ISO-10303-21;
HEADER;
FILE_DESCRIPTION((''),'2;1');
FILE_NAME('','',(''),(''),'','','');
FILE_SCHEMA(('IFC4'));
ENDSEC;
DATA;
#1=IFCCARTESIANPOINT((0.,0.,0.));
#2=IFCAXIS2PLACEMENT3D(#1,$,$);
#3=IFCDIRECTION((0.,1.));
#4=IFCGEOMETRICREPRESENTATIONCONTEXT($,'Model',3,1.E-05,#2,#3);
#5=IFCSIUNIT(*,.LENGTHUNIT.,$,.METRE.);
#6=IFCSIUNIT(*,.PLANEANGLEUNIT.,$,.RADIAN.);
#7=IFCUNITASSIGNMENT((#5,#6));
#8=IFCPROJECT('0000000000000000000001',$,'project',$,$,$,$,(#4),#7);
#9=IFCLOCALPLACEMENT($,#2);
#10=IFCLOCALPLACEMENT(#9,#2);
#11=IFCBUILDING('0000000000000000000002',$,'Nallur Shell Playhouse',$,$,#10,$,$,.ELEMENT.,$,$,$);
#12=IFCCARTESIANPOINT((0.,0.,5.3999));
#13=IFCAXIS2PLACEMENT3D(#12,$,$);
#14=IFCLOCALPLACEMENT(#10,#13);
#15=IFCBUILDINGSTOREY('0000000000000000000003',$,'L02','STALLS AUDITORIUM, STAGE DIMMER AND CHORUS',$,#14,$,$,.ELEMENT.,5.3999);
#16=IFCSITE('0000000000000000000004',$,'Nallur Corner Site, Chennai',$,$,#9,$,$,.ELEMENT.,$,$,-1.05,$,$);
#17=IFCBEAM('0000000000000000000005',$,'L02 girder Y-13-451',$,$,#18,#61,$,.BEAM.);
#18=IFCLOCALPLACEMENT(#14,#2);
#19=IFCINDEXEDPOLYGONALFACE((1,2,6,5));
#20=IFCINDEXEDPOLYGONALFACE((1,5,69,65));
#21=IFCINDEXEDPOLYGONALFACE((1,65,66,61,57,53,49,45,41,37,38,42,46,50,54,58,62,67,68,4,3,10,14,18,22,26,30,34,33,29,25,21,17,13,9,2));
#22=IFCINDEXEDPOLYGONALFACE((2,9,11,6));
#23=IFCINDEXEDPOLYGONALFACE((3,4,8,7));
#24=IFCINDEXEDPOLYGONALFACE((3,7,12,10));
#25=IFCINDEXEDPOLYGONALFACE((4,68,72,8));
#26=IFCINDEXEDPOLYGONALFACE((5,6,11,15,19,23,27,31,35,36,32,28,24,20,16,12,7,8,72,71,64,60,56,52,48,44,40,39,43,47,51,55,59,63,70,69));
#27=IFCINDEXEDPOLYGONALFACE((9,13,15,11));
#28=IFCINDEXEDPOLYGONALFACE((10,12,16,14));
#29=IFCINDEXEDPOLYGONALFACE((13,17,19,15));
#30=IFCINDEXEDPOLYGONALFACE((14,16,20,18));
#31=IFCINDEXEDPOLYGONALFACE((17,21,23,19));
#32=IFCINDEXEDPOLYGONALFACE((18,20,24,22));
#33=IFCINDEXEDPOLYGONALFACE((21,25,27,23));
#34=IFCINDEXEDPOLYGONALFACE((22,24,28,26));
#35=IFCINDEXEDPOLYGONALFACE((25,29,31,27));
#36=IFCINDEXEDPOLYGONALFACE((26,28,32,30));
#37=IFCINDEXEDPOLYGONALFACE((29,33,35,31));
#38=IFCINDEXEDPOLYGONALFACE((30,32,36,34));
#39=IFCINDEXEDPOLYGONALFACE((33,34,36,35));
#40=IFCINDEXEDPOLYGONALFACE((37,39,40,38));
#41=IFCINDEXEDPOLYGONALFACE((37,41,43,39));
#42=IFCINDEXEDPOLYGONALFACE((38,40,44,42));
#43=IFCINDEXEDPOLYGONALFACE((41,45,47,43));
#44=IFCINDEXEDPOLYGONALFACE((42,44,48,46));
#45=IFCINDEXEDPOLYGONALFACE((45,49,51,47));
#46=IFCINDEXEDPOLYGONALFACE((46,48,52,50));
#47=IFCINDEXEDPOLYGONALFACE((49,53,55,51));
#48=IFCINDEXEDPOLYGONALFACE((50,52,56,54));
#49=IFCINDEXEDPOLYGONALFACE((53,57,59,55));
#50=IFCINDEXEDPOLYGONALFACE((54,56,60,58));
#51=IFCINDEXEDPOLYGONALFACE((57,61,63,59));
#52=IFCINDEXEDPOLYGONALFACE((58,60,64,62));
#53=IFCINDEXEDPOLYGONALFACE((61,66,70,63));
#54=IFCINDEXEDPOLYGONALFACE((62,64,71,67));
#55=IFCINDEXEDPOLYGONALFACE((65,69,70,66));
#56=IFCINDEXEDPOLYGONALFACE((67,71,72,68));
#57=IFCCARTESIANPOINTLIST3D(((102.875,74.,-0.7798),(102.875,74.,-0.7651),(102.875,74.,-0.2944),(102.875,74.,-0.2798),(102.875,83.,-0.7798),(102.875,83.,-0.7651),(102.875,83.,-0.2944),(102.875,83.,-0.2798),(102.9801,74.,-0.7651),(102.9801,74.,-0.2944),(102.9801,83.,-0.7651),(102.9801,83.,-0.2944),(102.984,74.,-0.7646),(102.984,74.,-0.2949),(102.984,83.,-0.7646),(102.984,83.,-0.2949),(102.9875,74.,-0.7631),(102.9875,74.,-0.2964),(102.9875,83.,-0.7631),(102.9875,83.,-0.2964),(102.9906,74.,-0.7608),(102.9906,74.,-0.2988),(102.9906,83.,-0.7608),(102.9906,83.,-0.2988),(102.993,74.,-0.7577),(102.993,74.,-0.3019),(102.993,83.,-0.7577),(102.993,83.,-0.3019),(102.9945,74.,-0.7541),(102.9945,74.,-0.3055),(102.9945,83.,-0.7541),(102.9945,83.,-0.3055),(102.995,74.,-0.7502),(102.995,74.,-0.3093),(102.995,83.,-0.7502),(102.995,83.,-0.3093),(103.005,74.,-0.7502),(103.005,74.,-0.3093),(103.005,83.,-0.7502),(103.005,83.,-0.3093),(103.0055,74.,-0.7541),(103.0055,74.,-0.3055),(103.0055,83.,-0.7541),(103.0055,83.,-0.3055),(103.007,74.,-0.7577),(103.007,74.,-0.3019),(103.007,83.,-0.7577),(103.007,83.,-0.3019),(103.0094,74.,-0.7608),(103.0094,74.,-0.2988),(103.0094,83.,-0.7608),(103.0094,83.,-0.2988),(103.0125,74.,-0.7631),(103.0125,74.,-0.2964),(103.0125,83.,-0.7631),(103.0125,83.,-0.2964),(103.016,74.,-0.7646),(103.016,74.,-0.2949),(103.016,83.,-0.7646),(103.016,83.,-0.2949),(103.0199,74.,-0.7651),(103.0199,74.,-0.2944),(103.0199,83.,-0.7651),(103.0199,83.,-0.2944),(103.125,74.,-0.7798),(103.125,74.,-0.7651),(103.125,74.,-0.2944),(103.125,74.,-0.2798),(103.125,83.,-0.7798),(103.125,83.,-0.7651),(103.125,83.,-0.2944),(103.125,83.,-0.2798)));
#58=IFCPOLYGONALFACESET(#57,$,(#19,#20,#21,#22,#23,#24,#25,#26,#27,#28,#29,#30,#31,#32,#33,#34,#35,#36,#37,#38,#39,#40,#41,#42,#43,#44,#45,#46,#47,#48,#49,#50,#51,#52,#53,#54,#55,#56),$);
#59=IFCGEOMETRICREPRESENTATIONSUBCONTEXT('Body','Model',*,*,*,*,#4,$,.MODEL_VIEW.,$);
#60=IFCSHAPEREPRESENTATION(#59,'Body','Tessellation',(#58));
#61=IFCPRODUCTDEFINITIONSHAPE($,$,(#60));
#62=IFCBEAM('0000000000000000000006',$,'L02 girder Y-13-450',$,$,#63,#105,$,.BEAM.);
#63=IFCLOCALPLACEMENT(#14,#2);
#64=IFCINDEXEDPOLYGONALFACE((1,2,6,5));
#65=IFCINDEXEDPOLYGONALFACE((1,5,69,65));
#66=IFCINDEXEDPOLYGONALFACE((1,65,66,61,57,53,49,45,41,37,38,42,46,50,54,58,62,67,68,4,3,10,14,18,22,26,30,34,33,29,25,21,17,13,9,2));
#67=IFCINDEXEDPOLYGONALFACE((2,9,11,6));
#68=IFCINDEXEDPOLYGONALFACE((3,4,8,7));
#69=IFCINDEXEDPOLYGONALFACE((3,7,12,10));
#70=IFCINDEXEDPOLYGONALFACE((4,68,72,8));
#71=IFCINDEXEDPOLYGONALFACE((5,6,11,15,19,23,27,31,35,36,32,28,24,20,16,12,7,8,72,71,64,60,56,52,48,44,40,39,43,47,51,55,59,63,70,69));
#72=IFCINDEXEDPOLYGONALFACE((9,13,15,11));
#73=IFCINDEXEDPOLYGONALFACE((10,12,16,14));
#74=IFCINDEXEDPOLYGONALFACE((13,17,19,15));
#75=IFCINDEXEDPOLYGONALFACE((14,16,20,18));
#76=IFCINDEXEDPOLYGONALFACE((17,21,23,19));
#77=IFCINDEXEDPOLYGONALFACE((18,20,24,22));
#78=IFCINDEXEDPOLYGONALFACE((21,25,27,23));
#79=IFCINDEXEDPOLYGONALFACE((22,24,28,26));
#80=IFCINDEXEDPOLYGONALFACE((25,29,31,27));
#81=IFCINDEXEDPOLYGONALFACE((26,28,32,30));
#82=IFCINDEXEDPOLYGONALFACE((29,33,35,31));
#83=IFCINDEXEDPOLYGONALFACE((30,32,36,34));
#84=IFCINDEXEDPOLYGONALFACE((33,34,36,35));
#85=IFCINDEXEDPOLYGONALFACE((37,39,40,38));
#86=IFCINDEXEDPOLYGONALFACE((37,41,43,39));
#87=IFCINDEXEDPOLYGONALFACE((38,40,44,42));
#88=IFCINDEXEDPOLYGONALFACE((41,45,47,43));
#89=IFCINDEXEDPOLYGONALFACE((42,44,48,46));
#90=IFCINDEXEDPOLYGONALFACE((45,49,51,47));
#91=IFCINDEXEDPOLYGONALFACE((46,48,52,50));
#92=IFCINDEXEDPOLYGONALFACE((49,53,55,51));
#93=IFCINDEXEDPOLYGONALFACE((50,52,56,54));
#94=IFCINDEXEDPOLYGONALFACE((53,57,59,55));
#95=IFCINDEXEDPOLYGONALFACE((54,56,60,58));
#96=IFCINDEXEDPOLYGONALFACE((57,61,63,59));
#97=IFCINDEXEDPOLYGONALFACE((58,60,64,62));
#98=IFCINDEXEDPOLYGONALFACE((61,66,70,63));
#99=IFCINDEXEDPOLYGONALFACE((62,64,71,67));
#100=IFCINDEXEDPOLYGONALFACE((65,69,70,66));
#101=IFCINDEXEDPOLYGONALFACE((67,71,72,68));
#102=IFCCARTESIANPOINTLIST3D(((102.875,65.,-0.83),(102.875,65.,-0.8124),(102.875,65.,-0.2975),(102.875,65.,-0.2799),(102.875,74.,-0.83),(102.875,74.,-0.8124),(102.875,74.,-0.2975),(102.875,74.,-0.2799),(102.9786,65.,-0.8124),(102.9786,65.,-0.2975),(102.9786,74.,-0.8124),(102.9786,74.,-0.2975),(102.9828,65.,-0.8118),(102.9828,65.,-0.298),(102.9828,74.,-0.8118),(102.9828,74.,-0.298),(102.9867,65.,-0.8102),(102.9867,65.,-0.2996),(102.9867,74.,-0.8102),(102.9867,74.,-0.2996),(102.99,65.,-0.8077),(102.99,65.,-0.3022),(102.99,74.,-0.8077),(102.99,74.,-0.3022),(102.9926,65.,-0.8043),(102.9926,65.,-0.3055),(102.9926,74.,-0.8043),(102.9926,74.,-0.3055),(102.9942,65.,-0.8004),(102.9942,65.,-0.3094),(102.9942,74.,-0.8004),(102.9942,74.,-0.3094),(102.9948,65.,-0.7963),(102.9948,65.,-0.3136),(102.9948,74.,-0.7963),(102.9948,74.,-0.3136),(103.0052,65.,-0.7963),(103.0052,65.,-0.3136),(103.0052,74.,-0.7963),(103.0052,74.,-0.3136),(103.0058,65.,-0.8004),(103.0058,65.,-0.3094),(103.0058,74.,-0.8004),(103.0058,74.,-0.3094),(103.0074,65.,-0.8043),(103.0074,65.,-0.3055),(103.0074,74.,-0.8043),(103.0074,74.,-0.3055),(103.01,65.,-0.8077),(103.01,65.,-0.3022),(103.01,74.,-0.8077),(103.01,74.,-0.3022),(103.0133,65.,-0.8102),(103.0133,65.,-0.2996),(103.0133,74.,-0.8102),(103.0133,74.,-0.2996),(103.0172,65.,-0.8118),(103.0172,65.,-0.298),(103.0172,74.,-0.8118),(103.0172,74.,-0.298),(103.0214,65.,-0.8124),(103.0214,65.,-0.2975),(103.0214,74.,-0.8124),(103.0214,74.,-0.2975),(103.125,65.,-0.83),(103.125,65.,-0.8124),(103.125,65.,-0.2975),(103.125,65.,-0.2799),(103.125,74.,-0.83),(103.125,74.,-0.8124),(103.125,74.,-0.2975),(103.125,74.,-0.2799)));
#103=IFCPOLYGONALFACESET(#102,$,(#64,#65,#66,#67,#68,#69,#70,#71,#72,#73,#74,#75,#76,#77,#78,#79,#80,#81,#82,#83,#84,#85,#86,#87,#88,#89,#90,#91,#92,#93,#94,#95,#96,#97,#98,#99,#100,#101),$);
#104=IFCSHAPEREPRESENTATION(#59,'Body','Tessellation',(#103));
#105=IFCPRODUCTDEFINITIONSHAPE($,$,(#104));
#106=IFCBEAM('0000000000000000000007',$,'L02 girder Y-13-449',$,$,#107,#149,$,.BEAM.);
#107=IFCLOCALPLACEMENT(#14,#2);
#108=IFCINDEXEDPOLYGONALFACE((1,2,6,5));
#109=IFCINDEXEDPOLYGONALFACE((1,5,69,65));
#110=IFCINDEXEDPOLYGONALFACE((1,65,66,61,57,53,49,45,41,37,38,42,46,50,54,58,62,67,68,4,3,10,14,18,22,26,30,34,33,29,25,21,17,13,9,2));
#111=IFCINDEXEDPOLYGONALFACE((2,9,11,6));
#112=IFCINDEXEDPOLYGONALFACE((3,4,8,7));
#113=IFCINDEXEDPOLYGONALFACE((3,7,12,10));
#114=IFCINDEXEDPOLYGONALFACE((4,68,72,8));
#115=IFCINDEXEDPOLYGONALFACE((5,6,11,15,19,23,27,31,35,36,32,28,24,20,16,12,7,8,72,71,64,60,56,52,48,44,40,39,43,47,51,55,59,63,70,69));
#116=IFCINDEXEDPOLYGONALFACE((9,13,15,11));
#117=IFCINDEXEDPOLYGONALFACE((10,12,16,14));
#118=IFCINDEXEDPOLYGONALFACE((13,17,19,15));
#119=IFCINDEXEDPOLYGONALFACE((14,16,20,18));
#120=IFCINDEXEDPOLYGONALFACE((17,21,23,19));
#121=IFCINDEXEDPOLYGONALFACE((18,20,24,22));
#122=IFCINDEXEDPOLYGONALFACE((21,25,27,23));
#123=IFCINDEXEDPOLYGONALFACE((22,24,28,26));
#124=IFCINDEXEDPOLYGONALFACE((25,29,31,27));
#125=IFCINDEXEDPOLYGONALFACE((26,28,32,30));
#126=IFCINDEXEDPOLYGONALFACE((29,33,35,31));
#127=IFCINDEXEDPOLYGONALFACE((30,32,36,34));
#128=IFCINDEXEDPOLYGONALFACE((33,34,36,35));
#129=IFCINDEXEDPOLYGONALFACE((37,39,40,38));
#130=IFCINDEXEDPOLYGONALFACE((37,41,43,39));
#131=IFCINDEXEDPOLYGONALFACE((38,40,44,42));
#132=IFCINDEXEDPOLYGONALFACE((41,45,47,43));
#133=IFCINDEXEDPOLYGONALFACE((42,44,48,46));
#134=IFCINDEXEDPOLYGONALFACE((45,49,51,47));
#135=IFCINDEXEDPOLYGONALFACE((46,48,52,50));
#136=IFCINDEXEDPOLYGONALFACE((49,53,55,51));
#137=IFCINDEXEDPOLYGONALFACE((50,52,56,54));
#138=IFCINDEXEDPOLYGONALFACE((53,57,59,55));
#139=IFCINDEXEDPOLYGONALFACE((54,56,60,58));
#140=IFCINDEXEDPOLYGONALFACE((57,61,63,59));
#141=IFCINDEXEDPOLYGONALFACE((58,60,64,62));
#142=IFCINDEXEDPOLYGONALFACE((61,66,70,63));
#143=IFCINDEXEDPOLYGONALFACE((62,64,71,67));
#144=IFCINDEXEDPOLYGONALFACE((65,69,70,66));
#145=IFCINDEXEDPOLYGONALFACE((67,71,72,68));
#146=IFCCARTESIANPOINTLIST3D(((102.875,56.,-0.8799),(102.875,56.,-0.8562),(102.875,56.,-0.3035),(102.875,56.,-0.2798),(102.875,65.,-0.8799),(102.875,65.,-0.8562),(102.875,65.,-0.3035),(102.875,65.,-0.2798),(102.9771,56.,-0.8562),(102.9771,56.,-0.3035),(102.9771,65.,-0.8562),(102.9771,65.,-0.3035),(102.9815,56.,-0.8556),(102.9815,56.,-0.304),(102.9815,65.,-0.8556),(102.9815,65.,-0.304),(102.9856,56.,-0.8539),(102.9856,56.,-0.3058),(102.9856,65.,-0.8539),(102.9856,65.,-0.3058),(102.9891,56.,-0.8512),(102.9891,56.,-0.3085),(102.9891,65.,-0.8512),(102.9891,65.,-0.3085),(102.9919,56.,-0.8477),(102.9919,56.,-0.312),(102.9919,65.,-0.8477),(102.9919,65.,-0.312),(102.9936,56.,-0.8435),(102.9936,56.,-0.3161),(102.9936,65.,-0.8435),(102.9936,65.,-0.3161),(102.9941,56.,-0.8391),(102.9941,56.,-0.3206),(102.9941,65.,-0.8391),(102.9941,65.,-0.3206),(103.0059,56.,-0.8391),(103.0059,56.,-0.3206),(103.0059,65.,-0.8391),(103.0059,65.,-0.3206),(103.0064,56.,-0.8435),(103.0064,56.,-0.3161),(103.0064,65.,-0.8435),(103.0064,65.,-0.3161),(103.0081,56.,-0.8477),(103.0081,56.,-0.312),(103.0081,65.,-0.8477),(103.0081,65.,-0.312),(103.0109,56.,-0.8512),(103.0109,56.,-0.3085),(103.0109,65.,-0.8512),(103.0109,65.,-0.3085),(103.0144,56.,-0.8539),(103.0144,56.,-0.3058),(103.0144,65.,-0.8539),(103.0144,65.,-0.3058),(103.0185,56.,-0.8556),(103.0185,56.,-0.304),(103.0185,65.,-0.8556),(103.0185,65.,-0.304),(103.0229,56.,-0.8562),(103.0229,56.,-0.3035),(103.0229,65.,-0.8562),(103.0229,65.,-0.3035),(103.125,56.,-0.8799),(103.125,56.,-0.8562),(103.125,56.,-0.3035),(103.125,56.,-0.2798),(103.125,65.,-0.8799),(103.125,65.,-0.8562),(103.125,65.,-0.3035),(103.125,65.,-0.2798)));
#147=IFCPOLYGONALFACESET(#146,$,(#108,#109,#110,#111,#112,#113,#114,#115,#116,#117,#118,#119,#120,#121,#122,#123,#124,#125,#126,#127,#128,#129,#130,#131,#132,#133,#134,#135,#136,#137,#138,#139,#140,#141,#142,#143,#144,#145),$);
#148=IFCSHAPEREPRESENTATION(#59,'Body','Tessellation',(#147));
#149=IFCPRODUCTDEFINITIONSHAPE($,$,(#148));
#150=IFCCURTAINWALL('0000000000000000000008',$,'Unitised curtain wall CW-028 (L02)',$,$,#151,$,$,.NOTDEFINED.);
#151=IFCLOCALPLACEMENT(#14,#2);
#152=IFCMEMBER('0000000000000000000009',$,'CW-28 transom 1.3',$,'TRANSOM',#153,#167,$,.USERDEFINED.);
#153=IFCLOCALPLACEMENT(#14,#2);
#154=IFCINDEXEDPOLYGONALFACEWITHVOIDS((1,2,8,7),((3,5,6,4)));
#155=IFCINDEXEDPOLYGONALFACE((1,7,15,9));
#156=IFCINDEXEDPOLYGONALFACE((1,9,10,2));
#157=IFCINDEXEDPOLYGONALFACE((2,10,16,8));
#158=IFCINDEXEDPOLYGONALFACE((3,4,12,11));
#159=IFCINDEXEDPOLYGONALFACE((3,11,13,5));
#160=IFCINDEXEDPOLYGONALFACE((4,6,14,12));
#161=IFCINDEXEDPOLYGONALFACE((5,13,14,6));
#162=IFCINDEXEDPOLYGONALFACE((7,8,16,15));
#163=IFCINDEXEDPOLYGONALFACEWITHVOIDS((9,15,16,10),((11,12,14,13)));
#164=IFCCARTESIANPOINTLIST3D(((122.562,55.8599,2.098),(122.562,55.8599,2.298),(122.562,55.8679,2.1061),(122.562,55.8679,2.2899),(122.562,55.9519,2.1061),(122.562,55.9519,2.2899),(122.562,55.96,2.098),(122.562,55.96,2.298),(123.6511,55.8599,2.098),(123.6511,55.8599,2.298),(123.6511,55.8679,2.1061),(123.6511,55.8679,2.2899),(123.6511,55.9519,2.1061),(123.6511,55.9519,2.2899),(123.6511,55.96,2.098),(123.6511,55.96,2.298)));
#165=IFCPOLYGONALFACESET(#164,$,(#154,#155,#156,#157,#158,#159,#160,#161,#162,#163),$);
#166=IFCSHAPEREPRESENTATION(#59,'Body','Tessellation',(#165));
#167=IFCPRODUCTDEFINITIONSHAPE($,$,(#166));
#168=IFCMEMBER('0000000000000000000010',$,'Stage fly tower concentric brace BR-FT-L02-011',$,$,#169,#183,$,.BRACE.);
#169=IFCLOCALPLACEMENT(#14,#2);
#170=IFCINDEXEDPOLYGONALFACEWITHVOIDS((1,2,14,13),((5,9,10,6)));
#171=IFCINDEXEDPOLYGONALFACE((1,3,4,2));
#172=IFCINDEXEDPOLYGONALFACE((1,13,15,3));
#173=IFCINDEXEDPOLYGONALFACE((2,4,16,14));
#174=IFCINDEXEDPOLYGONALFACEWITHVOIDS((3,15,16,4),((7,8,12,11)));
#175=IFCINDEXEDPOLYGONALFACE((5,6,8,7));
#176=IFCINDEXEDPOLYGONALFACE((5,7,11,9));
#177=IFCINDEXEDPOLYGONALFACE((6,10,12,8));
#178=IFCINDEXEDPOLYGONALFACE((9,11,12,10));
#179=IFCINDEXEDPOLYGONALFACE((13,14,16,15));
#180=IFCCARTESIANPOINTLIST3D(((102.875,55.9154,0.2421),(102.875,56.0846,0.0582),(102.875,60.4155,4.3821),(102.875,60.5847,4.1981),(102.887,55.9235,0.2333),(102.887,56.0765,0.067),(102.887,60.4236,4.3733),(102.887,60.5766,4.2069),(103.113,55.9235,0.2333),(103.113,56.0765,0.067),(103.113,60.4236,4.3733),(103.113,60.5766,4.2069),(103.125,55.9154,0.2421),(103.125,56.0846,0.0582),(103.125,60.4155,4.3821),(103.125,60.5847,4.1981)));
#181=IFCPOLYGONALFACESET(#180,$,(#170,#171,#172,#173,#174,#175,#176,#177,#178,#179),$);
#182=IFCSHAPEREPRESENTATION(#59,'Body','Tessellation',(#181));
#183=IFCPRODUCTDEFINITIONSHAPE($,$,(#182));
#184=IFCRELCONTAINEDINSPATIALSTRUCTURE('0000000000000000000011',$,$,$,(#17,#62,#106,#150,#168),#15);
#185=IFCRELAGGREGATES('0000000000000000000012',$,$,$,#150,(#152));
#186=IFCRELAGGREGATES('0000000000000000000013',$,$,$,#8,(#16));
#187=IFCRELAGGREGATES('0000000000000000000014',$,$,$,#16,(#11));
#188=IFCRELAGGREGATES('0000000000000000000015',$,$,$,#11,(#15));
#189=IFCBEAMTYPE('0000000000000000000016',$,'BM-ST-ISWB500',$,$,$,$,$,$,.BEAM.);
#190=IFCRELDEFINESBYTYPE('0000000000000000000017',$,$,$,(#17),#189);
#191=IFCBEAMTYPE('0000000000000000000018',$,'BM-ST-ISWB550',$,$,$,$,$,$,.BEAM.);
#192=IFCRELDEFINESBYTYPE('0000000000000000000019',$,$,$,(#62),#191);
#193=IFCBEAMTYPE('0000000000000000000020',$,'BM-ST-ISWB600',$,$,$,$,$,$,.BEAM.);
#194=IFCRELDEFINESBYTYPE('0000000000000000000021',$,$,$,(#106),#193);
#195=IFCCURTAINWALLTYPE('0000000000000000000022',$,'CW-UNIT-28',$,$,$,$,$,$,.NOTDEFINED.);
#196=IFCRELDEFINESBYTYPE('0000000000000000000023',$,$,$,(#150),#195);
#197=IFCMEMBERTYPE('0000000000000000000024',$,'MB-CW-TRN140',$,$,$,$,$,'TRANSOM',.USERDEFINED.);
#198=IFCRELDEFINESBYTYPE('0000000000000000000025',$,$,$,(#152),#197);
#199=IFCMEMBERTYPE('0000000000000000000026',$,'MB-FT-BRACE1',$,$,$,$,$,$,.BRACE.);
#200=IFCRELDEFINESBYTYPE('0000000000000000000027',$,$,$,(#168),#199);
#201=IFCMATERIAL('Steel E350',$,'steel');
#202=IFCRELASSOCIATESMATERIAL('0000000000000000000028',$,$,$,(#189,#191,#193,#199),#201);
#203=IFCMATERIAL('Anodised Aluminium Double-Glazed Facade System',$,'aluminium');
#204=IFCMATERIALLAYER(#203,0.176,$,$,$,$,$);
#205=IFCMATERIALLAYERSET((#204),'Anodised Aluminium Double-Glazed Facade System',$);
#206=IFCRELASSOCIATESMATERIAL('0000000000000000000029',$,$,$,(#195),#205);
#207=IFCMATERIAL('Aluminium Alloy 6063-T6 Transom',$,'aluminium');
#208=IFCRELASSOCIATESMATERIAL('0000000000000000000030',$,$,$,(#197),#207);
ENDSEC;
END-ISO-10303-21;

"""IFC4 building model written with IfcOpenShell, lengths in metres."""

from ifc_helpers import new_model, si_unit, direction, frame, origin, origin_2d, place, context, subcontext, project, spatial, hollow_rectangle, i_section, extrude, material, layer, layer_set, material_profile, profile_set, type_object, element, aggregate, save


model = new_model("IFC4")

# Units and contexts
model_context = context("Model", 3, precision=1e-05, world=origin(), true_north=direction((0.0, 1.0)))
body_context = subcontext(model_context, "Body", "Model", "MODEL_VIEW")
ifc_project = project(units=[si_unit("LENGTHUNIT", "METRE"), si_unit("PLANEANGLEUNIT", "RADIAN")], contexts=[model_context])

# Site, building, storey
site_placement = place(None, origin())
site = spatial("IfcSite", under=ifc_project, at=site_placement, Name="Nallur Corner Site, Chennai", CompositionType="ELEMENT", RefElevation=-1.05)
building_placement = place(site_placement, origin())
building = spatial("IfcBuilding", under=site, at=building_placement, Name="Nallur Shell Playhouse", CompositionType="ELEMENT")
storey_placement = place(building_placement, frame((0.0, 0.0, 5.3999)))
storey = spatial("IfcBuildingStorey", under=building, at=storey_placement, Name="L02", Description="STALLS AUDITORIUM, STAGE DIMMER AND CHORUS", CompositionType="ELEMENT", Elevation=5.3999)

# Shared definitions
ifc_material_1 = material(Name="Steel E350", Category="steel")

# Beams
ifc_material_profile_1 = material_profile(ifc_material_1, i_section(OverallWidth=0.25, OverallDepth=0.5, WebThickness=0.01, FlangeThickness=0.0146, FilletRadius=0.0149, at=origin_2d()), Name="ISWB 500")
ifc_profile_set_1 = profile_set([ifc_material_profile_1], Name="Steel E350")
beam_type_1 = type_object("IfcBeamType", Name="BM-ST-ISWB500", PredefinedType="BEAM", material=ifc_profile_set_1)
beam_1_placement = place(storey_placement, frame((103.0, 74.0, -0.5298), z_axis=(0.0, 1.0, 0.0), x_axis=(-1.0, 0.0, 0.0)))
element("IfcBeam", 1, at=beam_1_placement, inside=storey, type_object=beam_type_1, Name="L02 girder Y-13-451", PredefinedType="BEAM", context=body_context, shape_type="SweptSolid", body=[
    extrude(i_section(OverallWidth=0.25, OverallDepth=0.5, WebThickness=0.01, FlangeThickness=0.0146, FilletRadius=0.0149, at=origin_2d()), origin(), (0.0, 0.0, 1.0), 9.0),
])
ifc_material_profile_2 = material_profile(ifc_material_1, i_section(OverallWidth=0.25, OverallDepth=0.55, WebThickness=0.0105, FlangeThickness=0.0176, FilletRadius=0.0161, at=origin_2d()), Name="ISWB 550")
ifc_profile_set_2 = profile_set([ifc_material_profile_2], Name="Steel E350")
beam_type_2 = type_object("IfcBeamType", Name="BM-ST-ISWB550", PredefinedType="BEAM", material=ifc_profile_set_2)
beam_2_placement = place(storey_placement, frame((103.0, 65.0, -0.5549), z_axis=(0.0, 1.0, 0.0), x_axis=(-1.0, 0.0, 0.0)))
element("IfcBeam", 2, at=beam_2_placement, inside=storey, type_object=beam_type_2, Name="L02 girder Y-13-450", PredefinedType="BEAM", context=body_context, shape_type="SweptSolid", body=[
    extrude(i_section(OverallWidth=0.25, OverallDepth=0.55, WebThickness=0.0105, FlangeThickness=0.0176, FilletRadius=0.0161, at=origin_2d()), origin(), (0.0, 0.0, 1.0), 9.0),
])
ifc_material_profile_3 = material_profile(ifc_material_1, i_section(OverallWidth=0.25, OverallDepth=0.6001, WebThickness=0.0117, FlangeThickness=0.0237, FilletRadius=0.0171, at=origin_2d()), Name="ISWB 600")
ifc_profile_set_3 = profile_set([ifc_material_profile_3], Name="Steel E350")
beam_type_3 = type_object("IfcBeamType", Name="BM-ST-ISWB600", PredefinedType="BEAM", material=ifc_profile_set_3)
beam_3_placement = place(storey_placement, frame((103.0, 56.0, -0.5798), z_axis=(0.0, 1.0, 0.0), x_axis=(-1.0, 0.0, 0.0)))
element("IfcBeam", 3, at=beam_3_placement, inside=storey, type_object=beam_type_3, Name="L02 girder Y-13-449", PredefinedType="BEAM", context=body_context, shape_type="SweptSolid", body=[
    extrude(i_section(OverallWidth=0.25, OverallDepth=0.6001, WebThickness=0.0117, FlangeThickness=0.0237, FilletRadius=0.0171, at=origin_2d()), origin(), (0.0, 0.0, 1.0), 9.0),
])

# Curtain wall, member
ifc_material_2 = material(Name="Anodised Aluminium Double-Glazed Facade System", Category="aluminium")
ifc_layer_1 = layer(ifc_material_2, 0.176)
ifc_layer_set_1 = layer_set([ifc_layer_1], Name="Anodised Aluminium Double-Glazed Facade System")
curtain_wall_type = type_object("IfcCurtainWallType", Name="CW-UNIT-28", PredefinedType="NOTDEFINED", material=ifc_layer_set_1)
curtain_wall_placement = place(storey_placement, origin())
curtain_wall = element("IfcCurtainWall", 4, at=curtain_wall_placement, inside=storey, type_object=curtain_wall_type, Name="Unitised curtain wall CW-028 (L02)", PredefinedType="NOTDEFINED")
ifc_material_3 = material(Name="Aluminium Alloy 6063-T6 Transom", Category="aluminium")
ifc_material_profile_4 = material_profile(ifc_material_3, hollow_rectangle(XDim=0.1001, YDim=0.2, WallThickness=0.0081, at=origin_2d()), Name="RHS 200x100x8")
ifc_profile_set_4 = profile_set([ifc_material_profile_4], Name="Aluminium Alloy 6063-T6 Transom")
member_type_1 = type_object("IfcMemberType", Name="MB-CW-TRN140", ElementType="TRANSOM", PredefinedType="USERDEFINED", material=ifc_profile_set_4)
member_1_placement = place(storey_placement, frame((122.562, 55.9099, 2.198), z_axis=(1.0, 0.0, 0.0), x_axis=(0.0, 1.0, 0.0)))
member_1 = element("IfcMember", 5, at=member_1_placement, type_object=member_type_1, Name="CW-28 transom 1.3", ObjectType="TRANSOM", PredefinedType="USERDEFINED", context=body_context, shape_type="SweptSolid", body=[
    extrude(hollow_rectangle(XDim=0.1001, YDim=0.2, WallThickness=0.0081, at=origin_2d()), origin(), (0.0, 0.0, 1.0), 1.0891),
])
aggregate(curtain_wall, [member_1])

# Member
ifc_material_profile_5 = material_profile(ifc_material_1, hollow_rectangle(XDim=0.25, YDim=0.25, WallThickness=0.012, at=origin_2d()), Name="SHS 250x250x12")
ifc_profile_set_5 = profile_set([ifc_material_profile_5], Name="Steel E350")
member_type_2 = type_object("IfcMemberType", Name="MB-FT-BRACE1", PredefinedType="BRACE", material=ifc_profile_set_5)
for number, where, z_axis, x_axis, name in (
    (6, (103.0, 56.0, 0.1501), (0.0, 0.73594, 0.677047), (-1.0, 0.0, 0.0), "Stage fly tower concentric brace BR-FT-L02-011"),
):
    element("IfcMember", number, at=place(storey_placement, frame(where, z_axis=z_axis, x_axis=x_axis)), inside=storey, type_object=member_type_2, Name=name, PredefinedType="BRACE", context=body_context, shape_type="SweptSolid", body=[
        extrude(hollow_rectangle(XDim=0.25, YDim=0.25, WallThickness=0.012, at=origin_2d()), origin(), (0.0, 0.0, 1.0), 6.1147),
    ])

save(model, "model.ifc")
